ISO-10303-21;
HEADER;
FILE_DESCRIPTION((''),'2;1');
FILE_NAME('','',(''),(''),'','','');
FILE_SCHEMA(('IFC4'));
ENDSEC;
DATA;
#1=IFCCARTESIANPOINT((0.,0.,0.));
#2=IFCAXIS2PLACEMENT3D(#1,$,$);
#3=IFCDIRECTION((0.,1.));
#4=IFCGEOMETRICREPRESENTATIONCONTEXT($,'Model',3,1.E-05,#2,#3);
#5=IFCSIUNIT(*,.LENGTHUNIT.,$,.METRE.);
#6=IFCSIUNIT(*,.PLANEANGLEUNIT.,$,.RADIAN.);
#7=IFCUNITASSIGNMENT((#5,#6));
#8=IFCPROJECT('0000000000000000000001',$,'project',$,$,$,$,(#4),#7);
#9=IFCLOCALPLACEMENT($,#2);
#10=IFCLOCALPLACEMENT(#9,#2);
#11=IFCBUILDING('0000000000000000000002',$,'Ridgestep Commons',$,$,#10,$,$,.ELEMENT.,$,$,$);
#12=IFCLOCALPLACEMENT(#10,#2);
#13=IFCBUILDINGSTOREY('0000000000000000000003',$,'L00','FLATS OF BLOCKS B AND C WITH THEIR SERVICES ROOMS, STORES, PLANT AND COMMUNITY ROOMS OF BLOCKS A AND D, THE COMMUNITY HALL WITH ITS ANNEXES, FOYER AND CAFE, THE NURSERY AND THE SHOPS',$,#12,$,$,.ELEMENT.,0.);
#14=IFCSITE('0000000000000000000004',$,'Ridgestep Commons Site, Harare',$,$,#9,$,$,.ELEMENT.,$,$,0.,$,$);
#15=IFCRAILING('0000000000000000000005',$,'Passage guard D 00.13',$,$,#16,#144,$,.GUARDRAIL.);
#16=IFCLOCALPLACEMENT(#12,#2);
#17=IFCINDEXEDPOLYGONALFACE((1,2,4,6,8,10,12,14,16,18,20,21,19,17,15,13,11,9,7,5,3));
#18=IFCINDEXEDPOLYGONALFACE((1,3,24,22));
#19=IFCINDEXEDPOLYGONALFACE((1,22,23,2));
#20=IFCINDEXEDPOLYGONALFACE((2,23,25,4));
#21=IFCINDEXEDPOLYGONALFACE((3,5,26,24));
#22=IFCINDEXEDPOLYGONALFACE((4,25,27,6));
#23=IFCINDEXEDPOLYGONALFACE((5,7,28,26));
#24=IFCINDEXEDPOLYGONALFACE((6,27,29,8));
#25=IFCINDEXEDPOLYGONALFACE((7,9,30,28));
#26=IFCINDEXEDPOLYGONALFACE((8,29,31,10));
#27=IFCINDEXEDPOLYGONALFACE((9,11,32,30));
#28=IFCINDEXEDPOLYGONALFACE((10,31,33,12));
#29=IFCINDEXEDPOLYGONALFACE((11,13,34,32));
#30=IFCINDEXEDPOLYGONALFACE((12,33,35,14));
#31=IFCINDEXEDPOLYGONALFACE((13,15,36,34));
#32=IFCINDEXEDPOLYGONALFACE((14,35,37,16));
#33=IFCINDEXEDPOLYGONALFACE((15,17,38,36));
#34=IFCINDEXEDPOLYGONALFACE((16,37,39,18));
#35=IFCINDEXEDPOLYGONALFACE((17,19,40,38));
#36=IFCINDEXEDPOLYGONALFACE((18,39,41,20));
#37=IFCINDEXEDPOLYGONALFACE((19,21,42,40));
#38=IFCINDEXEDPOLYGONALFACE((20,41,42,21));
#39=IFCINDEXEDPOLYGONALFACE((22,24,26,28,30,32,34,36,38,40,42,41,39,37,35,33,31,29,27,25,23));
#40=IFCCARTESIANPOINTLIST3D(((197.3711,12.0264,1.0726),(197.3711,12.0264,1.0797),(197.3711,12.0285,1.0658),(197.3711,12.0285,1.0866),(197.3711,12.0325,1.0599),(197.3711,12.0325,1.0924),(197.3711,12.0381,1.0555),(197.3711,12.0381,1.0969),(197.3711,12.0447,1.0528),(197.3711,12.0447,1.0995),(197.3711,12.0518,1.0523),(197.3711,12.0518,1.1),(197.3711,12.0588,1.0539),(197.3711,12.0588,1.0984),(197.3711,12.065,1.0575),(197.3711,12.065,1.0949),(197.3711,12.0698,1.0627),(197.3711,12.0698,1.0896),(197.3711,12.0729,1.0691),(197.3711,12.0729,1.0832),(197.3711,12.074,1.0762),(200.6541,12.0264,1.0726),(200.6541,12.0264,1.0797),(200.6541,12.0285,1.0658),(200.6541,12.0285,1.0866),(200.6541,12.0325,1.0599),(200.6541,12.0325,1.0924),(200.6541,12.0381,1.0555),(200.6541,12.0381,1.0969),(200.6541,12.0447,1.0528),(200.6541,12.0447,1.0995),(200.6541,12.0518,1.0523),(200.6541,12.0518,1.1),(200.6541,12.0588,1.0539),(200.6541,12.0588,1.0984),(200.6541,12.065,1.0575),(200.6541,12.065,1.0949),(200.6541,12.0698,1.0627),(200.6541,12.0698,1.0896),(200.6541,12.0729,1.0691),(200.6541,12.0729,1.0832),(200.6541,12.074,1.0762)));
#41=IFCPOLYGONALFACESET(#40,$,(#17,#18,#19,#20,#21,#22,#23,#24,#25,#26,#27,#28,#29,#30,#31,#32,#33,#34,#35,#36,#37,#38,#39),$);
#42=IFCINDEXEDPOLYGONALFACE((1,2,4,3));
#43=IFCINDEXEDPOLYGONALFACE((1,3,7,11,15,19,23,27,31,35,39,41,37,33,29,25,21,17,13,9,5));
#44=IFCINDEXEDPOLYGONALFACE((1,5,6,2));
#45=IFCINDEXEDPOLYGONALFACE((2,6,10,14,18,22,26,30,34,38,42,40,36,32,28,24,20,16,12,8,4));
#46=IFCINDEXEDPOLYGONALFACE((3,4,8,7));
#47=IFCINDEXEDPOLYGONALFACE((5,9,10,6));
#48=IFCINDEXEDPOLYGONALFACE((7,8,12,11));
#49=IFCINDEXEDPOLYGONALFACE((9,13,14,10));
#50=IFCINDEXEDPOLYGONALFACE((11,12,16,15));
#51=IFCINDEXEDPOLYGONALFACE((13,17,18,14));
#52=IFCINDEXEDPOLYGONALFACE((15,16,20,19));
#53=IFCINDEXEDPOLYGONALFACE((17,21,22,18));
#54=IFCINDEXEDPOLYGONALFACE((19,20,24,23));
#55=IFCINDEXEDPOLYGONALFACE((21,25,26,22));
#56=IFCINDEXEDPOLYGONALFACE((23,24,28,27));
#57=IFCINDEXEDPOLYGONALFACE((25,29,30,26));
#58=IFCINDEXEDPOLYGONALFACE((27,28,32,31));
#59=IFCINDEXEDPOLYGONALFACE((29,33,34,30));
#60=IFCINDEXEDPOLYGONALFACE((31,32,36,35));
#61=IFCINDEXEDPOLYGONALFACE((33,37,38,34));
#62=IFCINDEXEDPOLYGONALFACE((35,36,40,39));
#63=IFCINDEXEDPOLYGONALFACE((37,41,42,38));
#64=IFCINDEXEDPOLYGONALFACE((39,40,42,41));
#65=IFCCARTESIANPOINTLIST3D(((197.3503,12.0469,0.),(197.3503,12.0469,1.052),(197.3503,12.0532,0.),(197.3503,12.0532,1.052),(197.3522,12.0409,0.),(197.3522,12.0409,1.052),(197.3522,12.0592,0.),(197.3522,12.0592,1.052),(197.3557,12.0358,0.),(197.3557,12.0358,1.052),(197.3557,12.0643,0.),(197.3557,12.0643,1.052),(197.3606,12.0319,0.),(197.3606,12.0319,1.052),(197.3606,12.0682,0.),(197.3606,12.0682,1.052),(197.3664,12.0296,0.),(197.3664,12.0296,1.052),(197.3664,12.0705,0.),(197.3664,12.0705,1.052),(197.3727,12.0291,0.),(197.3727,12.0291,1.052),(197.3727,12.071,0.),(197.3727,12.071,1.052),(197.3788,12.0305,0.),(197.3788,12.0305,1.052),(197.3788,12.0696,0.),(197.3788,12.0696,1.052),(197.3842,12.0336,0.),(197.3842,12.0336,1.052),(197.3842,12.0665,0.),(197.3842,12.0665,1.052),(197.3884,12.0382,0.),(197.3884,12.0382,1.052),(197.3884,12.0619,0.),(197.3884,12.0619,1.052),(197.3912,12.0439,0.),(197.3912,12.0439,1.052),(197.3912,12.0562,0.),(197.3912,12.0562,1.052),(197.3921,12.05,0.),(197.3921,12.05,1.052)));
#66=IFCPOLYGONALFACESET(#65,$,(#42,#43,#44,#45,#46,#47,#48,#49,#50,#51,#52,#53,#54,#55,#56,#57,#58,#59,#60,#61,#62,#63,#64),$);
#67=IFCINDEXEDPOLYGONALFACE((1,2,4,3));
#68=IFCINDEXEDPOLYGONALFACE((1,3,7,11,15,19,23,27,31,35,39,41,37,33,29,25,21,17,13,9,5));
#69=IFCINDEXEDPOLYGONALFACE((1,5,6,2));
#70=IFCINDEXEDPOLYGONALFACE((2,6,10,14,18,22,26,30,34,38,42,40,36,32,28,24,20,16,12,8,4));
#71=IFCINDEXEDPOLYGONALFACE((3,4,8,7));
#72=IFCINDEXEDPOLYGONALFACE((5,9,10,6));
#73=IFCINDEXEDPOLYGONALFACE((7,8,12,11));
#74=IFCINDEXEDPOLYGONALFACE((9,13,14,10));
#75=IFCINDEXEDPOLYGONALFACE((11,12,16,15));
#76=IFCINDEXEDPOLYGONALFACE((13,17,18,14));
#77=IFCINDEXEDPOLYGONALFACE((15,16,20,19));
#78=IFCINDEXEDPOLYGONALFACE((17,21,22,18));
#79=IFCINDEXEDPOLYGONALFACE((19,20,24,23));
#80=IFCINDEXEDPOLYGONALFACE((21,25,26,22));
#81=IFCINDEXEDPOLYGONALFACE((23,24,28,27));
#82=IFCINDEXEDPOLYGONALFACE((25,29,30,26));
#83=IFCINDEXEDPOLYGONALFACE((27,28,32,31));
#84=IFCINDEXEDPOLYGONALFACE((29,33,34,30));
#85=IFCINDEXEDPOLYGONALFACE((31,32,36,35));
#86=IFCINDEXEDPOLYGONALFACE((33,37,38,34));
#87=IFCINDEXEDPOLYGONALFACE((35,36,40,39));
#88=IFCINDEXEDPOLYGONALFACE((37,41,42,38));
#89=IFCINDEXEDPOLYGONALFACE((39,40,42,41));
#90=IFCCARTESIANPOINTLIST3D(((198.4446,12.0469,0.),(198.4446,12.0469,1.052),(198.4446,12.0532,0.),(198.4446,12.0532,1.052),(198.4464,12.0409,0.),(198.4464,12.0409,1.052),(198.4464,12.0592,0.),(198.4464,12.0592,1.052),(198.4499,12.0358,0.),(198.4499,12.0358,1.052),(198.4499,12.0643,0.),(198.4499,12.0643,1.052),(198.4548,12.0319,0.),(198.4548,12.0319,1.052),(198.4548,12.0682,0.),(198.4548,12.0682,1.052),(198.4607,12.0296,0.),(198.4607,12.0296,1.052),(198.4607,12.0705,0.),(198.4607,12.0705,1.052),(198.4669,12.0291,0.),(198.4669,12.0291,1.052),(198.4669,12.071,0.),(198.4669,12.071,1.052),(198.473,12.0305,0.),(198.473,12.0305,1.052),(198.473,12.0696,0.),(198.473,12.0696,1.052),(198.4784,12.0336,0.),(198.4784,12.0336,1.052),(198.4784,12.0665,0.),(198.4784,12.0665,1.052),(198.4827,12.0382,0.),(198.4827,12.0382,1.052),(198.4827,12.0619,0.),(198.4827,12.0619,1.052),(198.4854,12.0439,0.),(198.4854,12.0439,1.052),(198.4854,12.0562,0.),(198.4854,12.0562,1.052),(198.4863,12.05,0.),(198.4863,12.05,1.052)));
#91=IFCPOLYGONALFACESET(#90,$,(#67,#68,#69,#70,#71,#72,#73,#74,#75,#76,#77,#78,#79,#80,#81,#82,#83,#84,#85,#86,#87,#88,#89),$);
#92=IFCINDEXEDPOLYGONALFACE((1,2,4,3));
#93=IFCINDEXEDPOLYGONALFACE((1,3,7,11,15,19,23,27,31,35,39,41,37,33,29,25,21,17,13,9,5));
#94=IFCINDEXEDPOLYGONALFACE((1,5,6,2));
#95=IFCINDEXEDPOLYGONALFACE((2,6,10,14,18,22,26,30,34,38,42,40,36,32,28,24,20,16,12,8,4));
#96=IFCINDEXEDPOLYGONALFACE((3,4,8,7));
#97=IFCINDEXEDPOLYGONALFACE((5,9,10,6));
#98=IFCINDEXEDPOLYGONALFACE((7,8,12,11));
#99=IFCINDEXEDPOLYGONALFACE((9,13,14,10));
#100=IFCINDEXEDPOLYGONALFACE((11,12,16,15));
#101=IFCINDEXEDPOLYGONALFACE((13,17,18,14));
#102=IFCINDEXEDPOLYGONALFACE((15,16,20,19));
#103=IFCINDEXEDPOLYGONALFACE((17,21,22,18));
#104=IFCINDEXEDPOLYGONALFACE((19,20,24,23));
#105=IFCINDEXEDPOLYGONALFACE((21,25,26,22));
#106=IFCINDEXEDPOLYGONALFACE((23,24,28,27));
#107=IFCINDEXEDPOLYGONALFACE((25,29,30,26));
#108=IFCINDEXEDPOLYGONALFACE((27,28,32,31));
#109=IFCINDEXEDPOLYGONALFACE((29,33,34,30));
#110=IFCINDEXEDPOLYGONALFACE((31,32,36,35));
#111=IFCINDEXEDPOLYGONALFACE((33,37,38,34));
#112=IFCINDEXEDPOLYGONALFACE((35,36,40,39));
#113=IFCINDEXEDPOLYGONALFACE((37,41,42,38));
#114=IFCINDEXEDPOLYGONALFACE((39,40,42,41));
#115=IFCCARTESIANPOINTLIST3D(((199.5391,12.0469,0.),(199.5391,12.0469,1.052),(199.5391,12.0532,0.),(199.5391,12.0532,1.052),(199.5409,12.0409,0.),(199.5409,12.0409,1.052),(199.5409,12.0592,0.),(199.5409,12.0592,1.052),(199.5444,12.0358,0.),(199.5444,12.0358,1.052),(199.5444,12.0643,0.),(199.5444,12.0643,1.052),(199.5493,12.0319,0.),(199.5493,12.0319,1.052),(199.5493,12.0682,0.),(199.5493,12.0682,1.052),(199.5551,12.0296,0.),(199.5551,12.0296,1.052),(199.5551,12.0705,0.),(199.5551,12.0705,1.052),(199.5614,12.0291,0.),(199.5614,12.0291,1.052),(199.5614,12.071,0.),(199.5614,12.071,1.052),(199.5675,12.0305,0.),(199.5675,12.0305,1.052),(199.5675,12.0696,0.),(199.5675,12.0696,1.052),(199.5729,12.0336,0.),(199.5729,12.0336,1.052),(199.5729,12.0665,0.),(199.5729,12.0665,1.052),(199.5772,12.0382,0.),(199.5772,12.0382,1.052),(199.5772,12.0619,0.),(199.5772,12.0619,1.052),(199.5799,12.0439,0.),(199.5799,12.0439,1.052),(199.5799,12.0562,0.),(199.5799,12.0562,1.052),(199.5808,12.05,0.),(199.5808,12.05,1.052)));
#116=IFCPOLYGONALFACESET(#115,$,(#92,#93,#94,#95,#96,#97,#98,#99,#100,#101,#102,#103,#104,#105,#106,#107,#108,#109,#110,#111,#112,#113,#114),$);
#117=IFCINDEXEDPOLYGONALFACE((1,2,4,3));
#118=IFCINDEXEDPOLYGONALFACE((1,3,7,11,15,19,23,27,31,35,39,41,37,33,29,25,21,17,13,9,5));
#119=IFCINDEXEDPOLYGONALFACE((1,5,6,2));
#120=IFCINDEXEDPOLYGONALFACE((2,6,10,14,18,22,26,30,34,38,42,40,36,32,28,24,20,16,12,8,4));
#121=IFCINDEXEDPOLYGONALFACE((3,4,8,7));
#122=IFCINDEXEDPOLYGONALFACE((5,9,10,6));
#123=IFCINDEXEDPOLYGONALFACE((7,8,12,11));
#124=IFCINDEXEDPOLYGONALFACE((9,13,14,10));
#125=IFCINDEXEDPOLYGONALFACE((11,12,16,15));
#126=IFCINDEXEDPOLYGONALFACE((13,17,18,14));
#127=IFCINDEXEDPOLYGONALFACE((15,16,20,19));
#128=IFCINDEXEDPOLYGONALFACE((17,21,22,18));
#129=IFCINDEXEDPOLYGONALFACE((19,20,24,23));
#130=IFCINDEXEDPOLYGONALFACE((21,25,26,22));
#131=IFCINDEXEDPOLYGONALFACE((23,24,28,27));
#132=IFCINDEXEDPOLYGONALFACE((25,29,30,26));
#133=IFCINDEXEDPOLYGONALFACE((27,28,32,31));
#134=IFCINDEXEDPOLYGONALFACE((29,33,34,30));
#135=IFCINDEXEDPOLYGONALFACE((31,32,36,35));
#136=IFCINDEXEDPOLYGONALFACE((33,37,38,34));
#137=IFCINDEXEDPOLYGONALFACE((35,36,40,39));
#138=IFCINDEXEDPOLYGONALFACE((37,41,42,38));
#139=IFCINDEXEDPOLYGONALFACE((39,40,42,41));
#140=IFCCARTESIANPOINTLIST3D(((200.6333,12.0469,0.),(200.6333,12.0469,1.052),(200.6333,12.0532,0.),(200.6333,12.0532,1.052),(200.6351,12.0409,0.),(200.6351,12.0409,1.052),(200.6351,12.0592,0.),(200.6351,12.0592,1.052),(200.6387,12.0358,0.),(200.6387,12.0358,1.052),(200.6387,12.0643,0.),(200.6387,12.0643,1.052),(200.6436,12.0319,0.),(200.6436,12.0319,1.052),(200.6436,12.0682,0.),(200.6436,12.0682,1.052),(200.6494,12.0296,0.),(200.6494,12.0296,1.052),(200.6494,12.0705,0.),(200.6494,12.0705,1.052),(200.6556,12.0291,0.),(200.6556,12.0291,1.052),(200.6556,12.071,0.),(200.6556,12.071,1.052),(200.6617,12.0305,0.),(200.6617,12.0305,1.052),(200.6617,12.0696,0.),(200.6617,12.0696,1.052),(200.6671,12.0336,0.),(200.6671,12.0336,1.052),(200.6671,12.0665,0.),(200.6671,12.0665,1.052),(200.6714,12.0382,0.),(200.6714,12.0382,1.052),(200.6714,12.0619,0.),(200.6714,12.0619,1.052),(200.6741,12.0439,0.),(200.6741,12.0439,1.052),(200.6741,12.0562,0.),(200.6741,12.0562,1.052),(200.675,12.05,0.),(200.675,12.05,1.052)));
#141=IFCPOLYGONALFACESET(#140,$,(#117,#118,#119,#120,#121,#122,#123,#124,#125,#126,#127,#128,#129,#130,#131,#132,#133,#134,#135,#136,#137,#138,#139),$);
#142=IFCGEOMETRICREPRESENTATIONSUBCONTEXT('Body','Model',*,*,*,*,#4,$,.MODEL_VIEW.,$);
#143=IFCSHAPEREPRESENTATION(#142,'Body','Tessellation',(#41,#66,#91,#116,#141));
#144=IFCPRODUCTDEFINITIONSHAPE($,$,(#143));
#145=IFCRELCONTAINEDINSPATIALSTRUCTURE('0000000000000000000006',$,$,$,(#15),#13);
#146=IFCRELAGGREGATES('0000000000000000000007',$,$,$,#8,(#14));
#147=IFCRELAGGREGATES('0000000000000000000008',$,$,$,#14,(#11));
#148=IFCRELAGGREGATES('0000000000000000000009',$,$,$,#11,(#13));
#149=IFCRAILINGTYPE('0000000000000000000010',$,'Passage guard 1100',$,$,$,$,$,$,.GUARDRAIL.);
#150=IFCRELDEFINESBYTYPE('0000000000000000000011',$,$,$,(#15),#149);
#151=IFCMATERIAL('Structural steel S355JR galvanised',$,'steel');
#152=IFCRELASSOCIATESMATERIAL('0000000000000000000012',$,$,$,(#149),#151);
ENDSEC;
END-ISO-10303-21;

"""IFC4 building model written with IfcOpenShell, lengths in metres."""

from ifc_helpers import new_model, si_unit, direction, frame, origin, origin_2d, place, context, subcontext, project, spatial, circle, extrude, material, type_object, element, save


model = new_model("IFC4")

# Units and contexts
model_context = context("Model", 3, precision=1e-05, world=origin(), true_north=direction((0.0, 1.0)))
body_context = subcontext(model_context, "Body", "Model", "MODEL_VIEW")
ifc_project = project(units=[si_unit("LENGTHUNIT", "METRE"), si_unit("PLANEANGLEUNIT", "RADIAN")], contexts=[model_context])

# Site, building, storey
site_placement = place(None, origin())
site = spatial("IfcSite", under=ifc_project, at=site_placement, Name="Ridgestep Commons Site, Harare", CompositionType="ELEMENT", RefElevation=0.0)
building_placement = place(site_placement, origin())
building = spatial("IfcBuilding", under=site, at=building_placement, Name="Ridgestep Commons", CompositionType="ELEMENT")
storey_placement = place(building_placement, origin())
storey = spatial("IfcBuildingStorey", under=building, at=storey_placement, Name="L00", Description="FLATS OF BLOCKS B AND C WITH THEIR SERVICES ROOMS, STORES, PLANT AND COMMUNITY ROOMS OF BLOCKS A AND D, THE COMMUNITY HALL WITH ITS ANNEXES, FOYER AND CAFE, THE NURSERY AND THE SHOPS", CompositionType="ELEMENT", Elevation=0.0)

# Railing
ifc_material_1 = material(Name="Structural steel S355JR galvanised", Category="steel")
railing_type = type_object("IfcRailingType", Name="Passage guard 1100", PredefinedType="GUARDRAIL", material=ifc_material_1)
railing_1_placement = place(storey_placement, frame((197.3711, 12.05, 0.0)))
element("IfcRailing", 1, at=railing_1_placement, inside=storey, type_object=railing_type, Name="Passage guard D 00.13", PredefinedType="GUARDRAIL", context=body_context, shape_type="SweptSolid", body=[
    extrude(circle(Radius=0.0239, at=origin_2d()), frame((0.0, 0.0, 1.0762), z_axis=(1.0, 0.0, 0.0), x_axis=(0.0, 1.0, 0.0)), (0.0, 0.0, 1.0), 3.283),
    extrude(circle(Radius=0.021, at=origin_2d()), origin(), (0.0, 0.0, 1.0), 1.052),
    extrude(circle(Radius=0.021, at=origin_2d()), frame((1.0942, 0.0, 0.0)), (0.0, 0.0, 1.0), 1.052),
    extrude(circle(Radius=0.021, at=origin_2d()), frame((2.1887, 0.0, 0.0)), (0.0, 0.0, 1.0), 1.052),
    extrude(circle(Radius=0.021, at=origin_2d()), frame((3.283, 0.0, 0.0)), (0.0, 0.0, 1.0), 1.052),
])

save(model, "model.ifc")
